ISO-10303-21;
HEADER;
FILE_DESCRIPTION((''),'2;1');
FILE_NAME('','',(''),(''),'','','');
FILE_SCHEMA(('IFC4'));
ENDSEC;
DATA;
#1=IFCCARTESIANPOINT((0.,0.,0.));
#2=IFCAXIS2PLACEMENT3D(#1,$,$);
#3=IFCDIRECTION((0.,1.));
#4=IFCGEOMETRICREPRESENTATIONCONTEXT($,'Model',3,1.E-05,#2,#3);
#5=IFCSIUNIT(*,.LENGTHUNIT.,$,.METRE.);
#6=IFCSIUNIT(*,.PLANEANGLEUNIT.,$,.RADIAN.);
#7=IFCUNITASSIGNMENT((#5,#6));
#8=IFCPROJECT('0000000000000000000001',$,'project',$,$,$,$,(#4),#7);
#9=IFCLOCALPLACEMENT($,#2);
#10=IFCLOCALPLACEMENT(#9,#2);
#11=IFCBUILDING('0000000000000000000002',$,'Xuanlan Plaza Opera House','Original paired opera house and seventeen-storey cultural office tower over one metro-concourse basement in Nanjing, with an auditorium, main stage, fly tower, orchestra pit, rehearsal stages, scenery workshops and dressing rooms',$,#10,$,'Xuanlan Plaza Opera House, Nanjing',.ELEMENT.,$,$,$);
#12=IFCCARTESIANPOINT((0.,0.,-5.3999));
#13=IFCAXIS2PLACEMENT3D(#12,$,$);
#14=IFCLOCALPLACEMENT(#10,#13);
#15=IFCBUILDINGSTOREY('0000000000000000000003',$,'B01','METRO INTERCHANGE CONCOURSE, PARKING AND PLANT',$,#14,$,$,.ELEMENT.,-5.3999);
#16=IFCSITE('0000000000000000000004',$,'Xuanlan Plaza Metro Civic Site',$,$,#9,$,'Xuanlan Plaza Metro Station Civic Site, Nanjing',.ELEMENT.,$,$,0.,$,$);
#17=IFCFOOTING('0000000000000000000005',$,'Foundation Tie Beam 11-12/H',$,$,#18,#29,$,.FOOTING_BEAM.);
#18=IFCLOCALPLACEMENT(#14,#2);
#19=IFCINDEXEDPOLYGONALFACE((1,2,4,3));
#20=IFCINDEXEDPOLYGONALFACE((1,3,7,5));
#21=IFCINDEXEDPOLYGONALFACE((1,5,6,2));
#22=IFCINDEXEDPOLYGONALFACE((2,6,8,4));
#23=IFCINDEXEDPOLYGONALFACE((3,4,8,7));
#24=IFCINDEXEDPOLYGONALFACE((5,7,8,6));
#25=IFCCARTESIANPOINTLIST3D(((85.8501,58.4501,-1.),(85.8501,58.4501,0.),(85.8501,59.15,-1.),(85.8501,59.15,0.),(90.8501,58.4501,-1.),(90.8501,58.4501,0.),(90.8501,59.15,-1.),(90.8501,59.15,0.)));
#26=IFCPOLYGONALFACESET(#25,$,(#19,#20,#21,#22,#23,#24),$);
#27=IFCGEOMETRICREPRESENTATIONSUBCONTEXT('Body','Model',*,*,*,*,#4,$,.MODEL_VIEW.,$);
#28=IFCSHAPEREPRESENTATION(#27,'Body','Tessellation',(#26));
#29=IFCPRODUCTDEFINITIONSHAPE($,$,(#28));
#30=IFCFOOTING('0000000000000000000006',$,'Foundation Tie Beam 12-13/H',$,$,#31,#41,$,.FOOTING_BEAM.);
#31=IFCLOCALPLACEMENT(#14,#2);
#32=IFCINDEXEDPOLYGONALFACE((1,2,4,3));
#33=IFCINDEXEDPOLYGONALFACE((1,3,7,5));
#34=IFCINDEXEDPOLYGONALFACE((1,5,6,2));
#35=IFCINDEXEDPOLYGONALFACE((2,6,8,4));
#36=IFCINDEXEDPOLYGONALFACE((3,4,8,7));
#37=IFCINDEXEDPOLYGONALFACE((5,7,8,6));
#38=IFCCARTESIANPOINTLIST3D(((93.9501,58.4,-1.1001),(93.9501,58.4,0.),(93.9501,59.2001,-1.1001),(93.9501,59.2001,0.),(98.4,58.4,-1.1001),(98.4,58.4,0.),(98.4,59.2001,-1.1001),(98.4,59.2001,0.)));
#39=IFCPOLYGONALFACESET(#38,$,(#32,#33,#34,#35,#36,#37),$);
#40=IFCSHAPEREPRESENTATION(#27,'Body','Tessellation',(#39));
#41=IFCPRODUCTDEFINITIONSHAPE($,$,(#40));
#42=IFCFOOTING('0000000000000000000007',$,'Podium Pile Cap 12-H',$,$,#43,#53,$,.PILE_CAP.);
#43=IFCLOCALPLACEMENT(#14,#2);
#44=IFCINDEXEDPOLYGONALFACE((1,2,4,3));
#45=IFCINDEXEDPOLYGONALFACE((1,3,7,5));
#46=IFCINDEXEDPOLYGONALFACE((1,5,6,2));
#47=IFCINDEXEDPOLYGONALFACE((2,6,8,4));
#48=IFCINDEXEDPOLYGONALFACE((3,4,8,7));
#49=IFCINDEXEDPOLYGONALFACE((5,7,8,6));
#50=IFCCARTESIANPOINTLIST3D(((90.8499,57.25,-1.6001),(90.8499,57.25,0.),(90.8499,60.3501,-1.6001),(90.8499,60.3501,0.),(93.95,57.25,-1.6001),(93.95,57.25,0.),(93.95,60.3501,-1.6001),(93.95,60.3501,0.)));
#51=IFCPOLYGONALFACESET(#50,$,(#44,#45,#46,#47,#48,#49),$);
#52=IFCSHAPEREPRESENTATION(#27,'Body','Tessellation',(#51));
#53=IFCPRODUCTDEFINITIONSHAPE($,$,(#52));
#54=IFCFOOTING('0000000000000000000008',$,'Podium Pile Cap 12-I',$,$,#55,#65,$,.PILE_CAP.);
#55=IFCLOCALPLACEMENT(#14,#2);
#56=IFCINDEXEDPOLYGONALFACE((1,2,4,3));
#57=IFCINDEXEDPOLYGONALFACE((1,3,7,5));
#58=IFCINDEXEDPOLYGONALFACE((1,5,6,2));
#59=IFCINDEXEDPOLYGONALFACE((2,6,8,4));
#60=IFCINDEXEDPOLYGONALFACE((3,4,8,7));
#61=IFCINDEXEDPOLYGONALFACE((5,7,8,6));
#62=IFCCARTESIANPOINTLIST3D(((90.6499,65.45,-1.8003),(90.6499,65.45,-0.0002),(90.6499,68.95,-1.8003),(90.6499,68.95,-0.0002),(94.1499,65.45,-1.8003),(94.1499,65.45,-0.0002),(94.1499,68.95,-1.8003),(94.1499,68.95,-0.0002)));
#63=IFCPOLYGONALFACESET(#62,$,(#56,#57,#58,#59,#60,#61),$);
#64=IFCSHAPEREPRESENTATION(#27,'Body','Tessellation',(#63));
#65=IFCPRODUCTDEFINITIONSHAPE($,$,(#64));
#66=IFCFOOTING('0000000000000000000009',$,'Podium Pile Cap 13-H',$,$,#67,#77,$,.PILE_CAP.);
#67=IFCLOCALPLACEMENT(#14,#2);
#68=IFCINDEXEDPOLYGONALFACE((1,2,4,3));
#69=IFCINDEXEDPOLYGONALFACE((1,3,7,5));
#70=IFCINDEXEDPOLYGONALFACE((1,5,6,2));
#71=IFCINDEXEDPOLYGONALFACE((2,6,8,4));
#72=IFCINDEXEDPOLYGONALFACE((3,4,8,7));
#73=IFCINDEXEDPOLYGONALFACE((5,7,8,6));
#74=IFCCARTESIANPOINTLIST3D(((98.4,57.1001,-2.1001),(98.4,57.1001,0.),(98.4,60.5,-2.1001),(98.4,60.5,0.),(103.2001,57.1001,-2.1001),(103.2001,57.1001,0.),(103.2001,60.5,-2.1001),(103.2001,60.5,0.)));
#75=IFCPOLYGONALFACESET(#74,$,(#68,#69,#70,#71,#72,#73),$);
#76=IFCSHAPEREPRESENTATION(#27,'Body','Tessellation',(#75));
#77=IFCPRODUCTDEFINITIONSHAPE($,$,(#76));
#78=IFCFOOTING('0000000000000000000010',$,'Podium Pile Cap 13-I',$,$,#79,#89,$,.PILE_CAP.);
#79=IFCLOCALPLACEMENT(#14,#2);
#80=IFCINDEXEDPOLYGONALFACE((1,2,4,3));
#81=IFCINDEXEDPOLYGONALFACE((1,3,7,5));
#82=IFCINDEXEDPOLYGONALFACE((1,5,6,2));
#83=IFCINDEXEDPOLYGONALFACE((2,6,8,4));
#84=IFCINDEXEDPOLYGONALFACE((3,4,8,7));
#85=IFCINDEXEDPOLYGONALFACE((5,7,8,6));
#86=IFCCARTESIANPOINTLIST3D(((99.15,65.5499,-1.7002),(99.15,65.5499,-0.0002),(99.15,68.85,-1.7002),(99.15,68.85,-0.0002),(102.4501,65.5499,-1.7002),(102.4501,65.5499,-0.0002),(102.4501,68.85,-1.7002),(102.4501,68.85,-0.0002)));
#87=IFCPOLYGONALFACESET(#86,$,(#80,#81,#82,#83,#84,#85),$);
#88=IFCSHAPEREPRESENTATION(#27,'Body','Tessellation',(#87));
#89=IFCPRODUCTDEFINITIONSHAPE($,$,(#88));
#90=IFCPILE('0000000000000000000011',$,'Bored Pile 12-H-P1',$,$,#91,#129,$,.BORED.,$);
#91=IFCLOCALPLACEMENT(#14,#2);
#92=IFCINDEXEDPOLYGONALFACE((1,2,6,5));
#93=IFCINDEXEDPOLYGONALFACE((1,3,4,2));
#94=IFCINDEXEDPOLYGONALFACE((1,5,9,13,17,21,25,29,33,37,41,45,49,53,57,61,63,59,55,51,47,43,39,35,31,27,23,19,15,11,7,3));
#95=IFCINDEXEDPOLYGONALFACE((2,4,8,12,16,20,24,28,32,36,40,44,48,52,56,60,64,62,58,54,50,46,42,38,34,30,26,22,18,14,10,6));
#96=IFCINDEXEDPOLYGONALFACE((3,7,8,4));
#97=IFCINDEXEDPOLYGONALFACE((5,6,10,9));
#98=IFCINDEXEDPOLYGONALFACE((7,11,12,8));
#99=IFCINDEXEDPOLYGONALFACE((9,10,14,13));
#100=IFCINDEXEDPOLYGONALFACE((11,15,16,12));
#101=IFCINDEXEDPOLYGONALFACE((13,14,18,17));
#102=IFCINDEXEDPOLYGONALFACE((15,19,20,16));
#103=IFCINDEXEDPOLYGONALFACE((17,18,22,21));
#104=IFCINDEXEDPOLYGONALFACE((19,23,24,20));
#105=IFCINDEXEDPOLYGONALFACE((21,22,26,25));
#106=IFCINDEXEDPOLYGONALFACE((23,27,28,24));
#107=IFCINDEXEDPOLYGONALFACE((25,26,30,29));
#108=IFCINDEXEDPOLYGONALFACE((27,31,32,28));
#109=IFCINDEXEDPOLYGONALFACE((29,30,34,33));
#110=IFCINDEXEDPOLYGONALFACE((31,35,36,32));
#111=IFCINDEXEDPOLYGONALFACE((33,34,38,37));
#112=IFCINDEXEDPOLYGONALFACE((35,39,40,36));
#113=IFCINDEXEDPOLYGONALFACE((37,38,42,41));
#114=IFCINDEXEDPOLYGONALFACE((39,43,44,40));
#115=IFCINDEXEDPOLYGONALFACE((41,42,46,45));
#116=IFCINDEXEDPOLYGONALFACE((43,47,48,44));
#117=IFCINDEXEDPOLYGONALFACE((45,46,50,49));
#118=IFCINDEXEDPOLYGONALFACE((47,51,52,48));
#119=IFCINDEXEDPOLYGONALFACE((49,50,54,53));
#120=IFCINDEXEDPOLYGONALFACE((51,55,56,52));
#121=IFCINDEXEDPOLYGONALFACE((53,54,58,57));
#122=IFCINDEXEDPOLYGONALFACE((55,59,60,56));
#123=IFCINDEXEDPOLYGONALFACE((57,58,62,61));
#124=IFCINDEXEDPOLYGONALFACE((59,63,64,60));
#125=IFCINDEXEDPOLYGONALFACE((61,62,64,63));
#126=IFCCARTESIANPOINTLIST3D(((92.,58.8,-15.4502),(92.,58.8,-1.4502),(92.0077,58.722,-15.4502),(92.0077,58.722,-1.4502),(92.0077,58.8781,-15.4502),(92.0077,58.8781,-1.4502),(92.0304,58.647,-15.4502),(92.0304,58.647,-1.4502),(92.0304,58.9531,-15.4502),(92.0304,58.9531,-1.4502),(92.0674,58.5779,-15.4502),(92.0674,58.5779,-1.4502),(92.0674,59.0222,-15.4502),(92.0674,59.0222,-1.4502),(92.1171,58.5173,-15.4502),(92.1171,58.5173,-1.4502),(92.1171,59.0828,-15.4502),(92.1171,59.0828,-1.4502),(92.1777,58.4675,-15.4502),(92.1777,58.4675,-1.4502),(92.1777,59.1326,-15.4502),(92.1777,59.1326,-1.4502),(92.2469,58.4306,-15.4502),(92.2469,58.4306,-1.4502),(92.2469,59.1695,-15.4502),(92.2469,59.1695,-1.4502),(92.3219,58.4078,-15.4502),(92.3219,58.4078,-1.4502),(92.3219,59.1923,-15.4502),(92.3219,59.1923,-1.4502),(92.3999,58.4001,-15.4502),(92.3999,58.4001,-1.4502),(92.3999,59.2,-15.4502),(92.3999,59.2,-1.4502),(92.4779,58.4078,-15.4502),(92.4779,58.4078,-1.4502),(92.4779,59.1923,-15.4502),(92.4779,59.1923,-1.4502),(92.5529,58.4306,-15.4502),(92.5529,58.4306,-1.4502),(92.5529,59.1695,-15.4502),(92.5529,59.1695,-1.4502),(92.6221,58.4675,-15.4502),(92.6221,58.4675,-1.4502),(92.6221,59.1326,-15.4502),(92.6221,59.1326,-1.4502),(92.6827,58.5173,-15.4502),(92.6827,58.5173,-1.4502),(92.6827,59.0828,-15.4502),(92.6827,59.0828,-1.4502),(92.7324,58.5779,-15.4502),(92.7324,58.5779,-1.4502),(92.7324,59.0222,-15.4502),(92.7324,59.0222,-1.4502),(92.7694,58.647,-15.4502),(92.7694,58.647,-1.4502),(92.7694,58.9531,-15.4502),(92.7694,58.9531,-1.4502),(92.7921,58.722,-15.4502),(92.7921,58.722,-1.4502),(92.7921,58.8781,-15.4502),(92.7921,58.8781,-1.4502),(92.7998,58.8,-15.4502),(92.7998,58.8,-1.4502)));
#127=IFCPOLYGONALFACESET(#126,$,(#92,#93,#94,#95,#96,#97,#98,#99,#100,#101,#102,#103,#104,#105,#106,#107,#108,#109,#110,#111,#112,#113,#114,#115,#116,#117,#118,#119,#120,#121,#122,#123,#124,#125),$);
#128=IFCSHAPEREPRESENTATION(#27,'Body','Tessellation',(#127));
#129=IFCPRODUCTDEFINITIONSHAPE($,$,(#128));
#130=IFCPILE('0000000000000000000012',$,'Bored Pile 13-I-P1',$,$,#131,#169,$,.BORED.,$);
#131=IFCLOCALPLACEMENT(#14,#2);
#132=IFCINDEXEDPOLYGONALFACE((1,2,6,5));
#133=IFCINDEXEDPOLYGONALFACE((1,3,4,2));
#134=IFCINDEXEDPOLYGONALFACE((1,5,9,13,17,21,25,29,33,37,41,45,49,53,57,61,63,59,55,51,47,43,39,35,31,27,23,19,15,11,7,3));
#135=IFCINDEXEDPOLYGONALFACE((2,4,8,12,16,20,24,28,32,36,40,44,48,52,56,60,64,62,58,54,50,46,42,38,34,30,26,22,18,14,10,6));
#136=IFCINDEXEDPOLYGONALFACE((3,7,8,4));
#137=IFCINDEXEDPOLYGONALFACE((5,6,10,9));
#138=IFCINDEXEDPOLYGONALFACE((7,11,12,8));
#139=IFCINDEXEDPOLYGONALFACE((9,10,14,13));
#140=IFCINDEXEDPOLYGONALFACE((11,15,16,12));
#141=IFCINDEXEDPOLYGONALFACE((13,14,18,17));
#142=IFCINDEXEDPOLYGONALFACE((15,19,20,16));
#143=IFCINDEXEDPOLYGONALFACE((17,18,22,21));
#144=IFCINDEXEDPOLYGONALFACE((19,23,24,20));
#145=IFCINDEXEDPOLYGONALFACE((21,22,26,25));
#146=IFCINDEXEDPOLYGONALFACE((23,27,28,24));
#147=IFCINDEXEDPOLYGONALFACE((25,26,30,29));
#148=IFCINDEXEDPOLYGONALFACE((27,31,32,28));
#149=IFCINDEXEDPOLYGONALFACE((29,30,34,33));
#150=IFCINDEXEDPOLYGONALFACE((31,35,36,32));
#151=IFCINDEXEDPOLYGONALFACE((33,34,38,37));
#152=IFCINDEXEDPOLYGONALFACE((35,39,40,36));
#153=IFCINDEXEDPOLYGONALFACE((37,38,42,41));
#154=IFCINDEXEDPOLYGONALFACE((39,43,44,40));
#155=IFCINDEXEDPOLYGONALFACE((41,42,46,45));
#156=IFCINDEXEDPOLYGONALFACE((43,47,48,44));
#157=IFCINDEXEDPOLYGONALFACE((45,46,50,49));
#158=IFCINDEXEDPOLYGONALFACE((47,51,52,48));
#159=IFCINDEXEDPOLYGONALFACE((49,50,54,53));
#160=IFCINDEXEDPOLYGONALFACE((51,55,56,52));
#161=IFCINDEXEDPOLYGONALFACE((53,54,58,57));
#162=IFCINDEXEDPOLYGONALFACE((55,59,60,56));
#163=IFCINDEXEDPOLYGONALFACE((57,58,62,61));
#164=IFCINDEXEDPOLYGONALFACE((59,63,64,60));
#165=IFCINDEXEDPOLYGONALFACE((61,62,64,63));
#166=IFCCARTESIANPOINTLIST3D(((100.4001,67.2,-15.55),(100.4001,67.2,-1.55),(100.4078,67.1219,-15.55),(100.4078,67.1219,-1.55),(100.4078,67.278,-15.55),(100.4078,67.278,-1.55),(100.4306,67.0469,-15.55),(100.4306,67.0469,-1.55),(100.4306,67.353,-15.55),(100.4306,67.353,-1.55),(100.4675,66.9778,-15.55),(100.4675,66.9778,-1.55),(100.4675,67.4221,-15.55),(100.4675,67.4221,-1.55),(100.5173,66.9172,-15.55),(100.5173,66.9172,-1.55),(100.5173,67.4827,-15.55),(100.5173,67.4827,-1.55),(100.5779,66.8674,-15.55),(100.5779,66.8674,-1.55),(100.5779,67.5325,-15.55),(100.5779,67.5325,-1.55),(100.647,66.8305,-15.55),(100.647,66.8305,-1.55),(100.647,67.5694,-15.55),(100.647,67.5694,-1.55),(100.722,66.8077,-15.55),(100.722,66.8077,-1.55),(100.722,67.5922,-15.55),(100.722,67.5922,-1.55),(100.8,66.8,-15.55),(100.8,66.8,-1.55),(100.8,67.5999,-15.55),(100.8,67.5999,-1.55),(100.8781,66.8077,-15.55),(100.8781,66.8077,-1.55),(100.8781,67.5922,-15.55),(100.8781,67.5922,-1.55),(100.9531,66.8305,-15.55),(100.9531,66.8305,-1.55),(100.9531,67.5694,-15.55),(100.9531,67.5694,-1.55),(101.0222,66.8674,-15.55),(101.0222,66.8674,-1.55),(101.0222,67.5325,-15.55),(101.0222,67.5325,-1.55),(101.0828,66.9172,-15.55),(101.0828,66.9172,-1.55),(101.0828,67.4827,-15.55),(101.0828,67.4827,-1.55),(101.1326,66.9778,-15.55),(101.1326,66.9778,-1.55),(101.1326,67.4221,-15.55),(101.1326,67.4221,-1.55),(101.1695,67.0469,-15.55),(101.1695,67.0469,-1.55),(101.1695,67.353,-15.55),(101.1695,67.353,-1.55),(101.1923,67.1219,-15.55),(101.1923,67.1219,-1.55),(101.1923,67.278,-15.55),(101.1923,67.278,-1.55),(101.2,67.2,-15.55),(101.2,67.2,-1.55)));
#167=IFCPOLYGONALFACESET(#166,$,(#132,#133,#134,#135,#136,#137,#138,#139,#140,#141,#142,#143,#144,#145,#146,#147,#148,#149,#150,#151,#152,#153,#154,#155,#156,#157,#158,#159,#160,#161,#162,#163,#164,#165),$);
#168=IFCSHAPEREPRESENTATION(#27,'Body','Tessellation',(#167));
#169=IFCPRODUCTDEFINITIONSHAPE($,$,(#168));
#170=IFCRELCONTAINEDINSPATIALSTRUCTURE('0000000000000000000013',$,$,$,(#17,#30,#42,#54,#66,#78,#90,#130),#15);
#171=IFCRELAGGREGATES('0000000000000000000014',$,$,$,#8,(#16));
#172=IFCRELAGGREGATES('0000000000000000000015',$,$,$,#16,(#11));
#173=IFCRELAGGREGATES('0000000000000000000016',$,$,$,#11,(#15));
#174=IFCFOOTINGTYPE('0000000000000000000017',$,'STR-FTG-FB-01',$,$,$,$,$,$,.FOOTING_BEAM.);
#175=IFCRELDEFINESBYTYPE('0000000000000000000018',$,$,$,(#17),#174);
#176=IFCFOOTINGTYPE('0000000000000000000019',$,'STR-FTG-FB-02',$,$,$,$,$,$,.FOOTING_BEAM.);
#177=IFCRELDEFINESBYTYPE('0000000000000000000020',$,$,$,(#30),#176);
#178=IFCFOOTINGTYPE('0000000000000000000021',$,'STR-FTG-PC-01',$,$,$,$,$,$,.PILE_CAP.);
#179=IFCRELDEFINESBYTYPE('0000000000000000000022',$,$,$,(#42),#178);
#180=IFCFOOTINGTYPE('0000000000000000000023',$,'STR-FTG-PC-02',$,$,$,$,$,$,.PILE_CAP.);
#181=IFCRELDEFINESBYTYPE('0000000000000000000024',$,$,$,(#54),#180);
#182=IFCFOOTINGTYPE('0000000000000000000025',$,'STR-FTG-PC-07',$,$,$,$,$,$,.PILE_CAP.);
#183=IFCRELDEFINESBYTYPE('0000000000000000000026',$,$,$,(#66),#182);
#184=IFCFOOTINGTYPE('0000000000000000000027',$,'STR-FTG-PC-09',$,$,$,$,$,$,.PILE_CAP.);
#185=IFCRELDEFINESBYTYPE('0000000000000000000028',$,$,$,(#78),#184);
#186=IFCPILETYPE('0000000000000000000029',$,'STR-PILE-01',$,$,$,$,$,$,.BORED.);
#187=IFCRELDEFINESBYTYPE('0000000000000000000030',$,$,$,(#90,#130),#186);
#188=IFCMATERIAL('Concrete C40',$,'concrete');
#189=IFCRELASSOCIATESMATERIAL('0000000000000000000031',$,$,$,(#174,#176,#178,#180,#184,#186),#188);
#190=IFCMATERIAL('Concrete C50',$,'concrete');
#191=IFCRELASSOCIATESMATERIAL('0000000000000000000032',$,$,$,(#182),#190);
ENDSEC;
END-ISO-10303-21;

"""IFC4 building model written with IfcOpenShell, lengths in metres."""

from ifc_helpers import new_model, si_unit, direction, frame, origin, origin_2d, place, context, subcontext, project, spatial, rectangle, circle, extrude, material, material_profile, profile_set, type_object, element, save


model = new_model("IFC4")

# Units and contexts
model_context = context("Model", 3, precision=1e-05, world=origin(), true_north=direction((0.0, 1.0)))
body_context = subcontext(model_context, "Body", "Model", "MODEL_VIEW")
ifc_project = project(units=[si_unit("LENGTHUNIT", "METRE"), si_unit("PLANEANGLEUNIT", "RADIAN")], contexts=[model_context])

# Site, building, storey
site_placement = place(None, origin())
site = spatial("IfcSite", under=ifc_project, at=site_placement, Name="Xuanlan Plaza Metro Civic Site", LongName="Xuanlan Plaza Metro Station Civic Site, Nanjing", CompositionType="ELEMENT", RefElevation=0.0)
building_placement = place(site_placement, origin())
building = spatial("IfcBuilding", under=site, at=building_placement, Name="Xuanlan Plaza Opera House", Description="Original paired opera house and seventeen-storey cultural office tower over one metro-concourse basement in Nanjing, with an auditorium, main stage, fly tower, orchestra pit, rehearsal stages, scenery workshops and dressing rooms", LongName="Xuanlan Plaza Opera House, Nanjing", CompositionType="ELEMENT")
storey_placement = place(building_placement, frame((0.0, 0.0, -5.3999)))
storey = spatial("IfcBuildingStorey", under=building, at=storey_placement, Name="B01", Description="METRO INTERCHANGE CONCOURSE, PARKING AND PLANT", CompositionType="ELEMENT", Elevation=-5.3999)

# Footings
ifc_material_1 = material(Name="Concrete C40", Category="concrete")
footing_type_1 = type_object("IfcFootingType", Name="STR-FTG-FB-01", PredefinedType="FOOTING_BEAM", material=ifc_material_1)
footing_1_placement = place(storey_placement, frame((88.3501, 58.8, -1.0), z_axis=(0.0, 0.0, 1.0), x_axis=(1.0, 0.0, 0.0)))
element("IfcFooting", 1, at=footing_1_placement, inside=storey, type_object=footing_type_1, Name="Foundation Tie Beam 11-12/H", PredefinedType="FOOTING_BEAM", context=body_context, shape_type="SweptSolid", body=[
    extrude(rectangle(XDim=5.0, YDim=0.7, at=origin_2d()), origin(), (0.0, 0.0, 1.0), 1.0),
])
footing_type_2 = type_object("IfcFootingType", Name="STR-FTG-FB-02", PredefinedType="FOOTING_BEAM", material=ifc_material_1)
footing_2_placement = place(storey_placement, frame((96.175, 58.8, -1.1001), z_axis=(0.0, 0.0, 1.0), x_axis=(1.0, 0.0, 0.0)))
element("IfcFooting", 2, at=footing_2_placement, inside=storey, type_object=footing_type_2, Name="Foundation Tie Beam 12-13/H", PredefinedType="FOOTING_BEAM", context=body_context, shape_type="SweptSolid", body=[
    extrude(rectangle(XDim=4.45, YDim=0.8, at=origin_2d()), origin(), (0.0, 0.0, 1.0), 1.1001),
])
footing_type_3 = type_object("IfcFootingType", Name="STR-FTG-PC-01", PredefinedType="PILE_CAP", material=ifc_material_1)
footing_3_placement = place(storey_placement, frame((92.3999, 58.8, -1.6001), z_axis=(0.0, 0.0, 1.0), x_axis=(1.0, 0.0, 0.0)))
element("IfcFooting", 3, at=footing_3_placement, inside=storey, type_object=footing_type_3, Name="Podium Pile Cap 12-H", PredefinedType="PILE_CAP", context=body_context, shape_type="SweptSolid", body=[
    extrude(rectangle(XDim=3.1001, YDim=3.1001, at=origin_2d()), origin(), (0.0, 0.0, 1.0), 1.6001),
])
footing_type_4 = type_object("IfcFootingType", Name="STR-FTG-PC-02", PredefinedType="PILE_CAP", material=ifc_material_1)
footing_4_placement = place(storey_placement, frame((92.3999, 67.2, -1.8003), z_axis=(0.0, 0.0, 1.0), x_axis=(1.0, 0.0, 0.0)))
element("IfcFooting", 4, at=footing_4_placement, inside=storey, type_object=footing_type_4, Name="Podium Pile Cap 12-I", PredefinedType="PILE_CAP", context=body_context, shape_type="SweptSolid", body=[
    extrude(rectangle(XDim=3.5, YDim=3.5, at=origin_2d()), origin(), (0.0, 0.0, 1.0), 1.8),
])
ifc_material_2 = material(Name="Concrete C50", Category="concrete")
footing_type_5 = type_object("IfcFootingType", Name="STR-FTG-PC-07", PredefinedType="PILE_CAP", material=ifc_material_2)
footing_5_placement = place(storey_placement, frame((100.8, 58.8, -2.1001), z_axis=(0.0, 0.0, 1.0), x_axis=(1.0, 0.0, 0.0)))
element("IfcFooting", 5, at=footing_5_placement, inside=storey, type_object=footing_type_5, Name="Podium Pile Cap 13-H", PredefinedType="PILE_CAP", context=body_context, shape_type="SweptSolid", body=[
    extrude(rectangle(XDim=4.8, YDim=3.3999, at=origin_2d()), origin(), (0.0, 0.0, 1.0), 2.1001),
])
footing_type_6 = type_object("IfcFootingType", Name="STR-FTG-PC-09", PredefinedType="PILE_CAP", material=ifc_material_1)
footing_6_placement = place(storey_placement, frame((100.8, 67.2, -1.7002), z_axis=(0.0, 0.0, 1.0), x_axis=(1.0, 0.0, 0.0)))
element("IfcFooting", 6, at=footing_6_placement, inside=storey, type_object=footing_type_6, Name="Podium Pile Cap 13-I", PredefinedType="PILE_CAP", context=body_context, shape_type="SweptSolid", body=[
    extrude(rectangle(XDim=3.3, YDim=3.3, at=origin_2d()), origin(), (0.0, 0.0, 1.0), 1.7),
])

# Piles
ifc_material_profile_1 = material_profile(ifc_material_1, circle(Radius=0.3999, at=origin_2d()), Name="PILE D800")
ifc_profile_set_1 = profile_set([ifc_material_profile_1], Name="Concrete C40")
pile_type_1 = type_object("IfcPileType", Name="STR-PILE-01", PredefinedType="BORED", material=ifc_profile_set_1)
for number, where, z_axis, x_axis, name in (
    (7, (92.3999, 58.8, -1.4502), (0.0, 0.0, -1.0), (1.0, 0.0, 0.0), "Bored Pile 12-H-P1"),
    (8, (100.8, 67.2, -1.55), (0.0, 0.0, -1.0), (1.0, 0.0, 0.0), "Bored Pile 13-I-P1"),
):
    element("IfcPile", number, at=place(storey_placement, frame(where, z_axis=z_axis, x_axis=x_axis)), inside=storey, type_object=pile_type_1, Name=name, PredefinedType="BORED", context=body_context, shape_type="SweptSolid", body=[
        extrude(circle(Radius=0.3999, at=origin_2d()), origin(), (0.0, 0.0, 1.0), 14.0),
    ])

save(model, "model.ifc")
